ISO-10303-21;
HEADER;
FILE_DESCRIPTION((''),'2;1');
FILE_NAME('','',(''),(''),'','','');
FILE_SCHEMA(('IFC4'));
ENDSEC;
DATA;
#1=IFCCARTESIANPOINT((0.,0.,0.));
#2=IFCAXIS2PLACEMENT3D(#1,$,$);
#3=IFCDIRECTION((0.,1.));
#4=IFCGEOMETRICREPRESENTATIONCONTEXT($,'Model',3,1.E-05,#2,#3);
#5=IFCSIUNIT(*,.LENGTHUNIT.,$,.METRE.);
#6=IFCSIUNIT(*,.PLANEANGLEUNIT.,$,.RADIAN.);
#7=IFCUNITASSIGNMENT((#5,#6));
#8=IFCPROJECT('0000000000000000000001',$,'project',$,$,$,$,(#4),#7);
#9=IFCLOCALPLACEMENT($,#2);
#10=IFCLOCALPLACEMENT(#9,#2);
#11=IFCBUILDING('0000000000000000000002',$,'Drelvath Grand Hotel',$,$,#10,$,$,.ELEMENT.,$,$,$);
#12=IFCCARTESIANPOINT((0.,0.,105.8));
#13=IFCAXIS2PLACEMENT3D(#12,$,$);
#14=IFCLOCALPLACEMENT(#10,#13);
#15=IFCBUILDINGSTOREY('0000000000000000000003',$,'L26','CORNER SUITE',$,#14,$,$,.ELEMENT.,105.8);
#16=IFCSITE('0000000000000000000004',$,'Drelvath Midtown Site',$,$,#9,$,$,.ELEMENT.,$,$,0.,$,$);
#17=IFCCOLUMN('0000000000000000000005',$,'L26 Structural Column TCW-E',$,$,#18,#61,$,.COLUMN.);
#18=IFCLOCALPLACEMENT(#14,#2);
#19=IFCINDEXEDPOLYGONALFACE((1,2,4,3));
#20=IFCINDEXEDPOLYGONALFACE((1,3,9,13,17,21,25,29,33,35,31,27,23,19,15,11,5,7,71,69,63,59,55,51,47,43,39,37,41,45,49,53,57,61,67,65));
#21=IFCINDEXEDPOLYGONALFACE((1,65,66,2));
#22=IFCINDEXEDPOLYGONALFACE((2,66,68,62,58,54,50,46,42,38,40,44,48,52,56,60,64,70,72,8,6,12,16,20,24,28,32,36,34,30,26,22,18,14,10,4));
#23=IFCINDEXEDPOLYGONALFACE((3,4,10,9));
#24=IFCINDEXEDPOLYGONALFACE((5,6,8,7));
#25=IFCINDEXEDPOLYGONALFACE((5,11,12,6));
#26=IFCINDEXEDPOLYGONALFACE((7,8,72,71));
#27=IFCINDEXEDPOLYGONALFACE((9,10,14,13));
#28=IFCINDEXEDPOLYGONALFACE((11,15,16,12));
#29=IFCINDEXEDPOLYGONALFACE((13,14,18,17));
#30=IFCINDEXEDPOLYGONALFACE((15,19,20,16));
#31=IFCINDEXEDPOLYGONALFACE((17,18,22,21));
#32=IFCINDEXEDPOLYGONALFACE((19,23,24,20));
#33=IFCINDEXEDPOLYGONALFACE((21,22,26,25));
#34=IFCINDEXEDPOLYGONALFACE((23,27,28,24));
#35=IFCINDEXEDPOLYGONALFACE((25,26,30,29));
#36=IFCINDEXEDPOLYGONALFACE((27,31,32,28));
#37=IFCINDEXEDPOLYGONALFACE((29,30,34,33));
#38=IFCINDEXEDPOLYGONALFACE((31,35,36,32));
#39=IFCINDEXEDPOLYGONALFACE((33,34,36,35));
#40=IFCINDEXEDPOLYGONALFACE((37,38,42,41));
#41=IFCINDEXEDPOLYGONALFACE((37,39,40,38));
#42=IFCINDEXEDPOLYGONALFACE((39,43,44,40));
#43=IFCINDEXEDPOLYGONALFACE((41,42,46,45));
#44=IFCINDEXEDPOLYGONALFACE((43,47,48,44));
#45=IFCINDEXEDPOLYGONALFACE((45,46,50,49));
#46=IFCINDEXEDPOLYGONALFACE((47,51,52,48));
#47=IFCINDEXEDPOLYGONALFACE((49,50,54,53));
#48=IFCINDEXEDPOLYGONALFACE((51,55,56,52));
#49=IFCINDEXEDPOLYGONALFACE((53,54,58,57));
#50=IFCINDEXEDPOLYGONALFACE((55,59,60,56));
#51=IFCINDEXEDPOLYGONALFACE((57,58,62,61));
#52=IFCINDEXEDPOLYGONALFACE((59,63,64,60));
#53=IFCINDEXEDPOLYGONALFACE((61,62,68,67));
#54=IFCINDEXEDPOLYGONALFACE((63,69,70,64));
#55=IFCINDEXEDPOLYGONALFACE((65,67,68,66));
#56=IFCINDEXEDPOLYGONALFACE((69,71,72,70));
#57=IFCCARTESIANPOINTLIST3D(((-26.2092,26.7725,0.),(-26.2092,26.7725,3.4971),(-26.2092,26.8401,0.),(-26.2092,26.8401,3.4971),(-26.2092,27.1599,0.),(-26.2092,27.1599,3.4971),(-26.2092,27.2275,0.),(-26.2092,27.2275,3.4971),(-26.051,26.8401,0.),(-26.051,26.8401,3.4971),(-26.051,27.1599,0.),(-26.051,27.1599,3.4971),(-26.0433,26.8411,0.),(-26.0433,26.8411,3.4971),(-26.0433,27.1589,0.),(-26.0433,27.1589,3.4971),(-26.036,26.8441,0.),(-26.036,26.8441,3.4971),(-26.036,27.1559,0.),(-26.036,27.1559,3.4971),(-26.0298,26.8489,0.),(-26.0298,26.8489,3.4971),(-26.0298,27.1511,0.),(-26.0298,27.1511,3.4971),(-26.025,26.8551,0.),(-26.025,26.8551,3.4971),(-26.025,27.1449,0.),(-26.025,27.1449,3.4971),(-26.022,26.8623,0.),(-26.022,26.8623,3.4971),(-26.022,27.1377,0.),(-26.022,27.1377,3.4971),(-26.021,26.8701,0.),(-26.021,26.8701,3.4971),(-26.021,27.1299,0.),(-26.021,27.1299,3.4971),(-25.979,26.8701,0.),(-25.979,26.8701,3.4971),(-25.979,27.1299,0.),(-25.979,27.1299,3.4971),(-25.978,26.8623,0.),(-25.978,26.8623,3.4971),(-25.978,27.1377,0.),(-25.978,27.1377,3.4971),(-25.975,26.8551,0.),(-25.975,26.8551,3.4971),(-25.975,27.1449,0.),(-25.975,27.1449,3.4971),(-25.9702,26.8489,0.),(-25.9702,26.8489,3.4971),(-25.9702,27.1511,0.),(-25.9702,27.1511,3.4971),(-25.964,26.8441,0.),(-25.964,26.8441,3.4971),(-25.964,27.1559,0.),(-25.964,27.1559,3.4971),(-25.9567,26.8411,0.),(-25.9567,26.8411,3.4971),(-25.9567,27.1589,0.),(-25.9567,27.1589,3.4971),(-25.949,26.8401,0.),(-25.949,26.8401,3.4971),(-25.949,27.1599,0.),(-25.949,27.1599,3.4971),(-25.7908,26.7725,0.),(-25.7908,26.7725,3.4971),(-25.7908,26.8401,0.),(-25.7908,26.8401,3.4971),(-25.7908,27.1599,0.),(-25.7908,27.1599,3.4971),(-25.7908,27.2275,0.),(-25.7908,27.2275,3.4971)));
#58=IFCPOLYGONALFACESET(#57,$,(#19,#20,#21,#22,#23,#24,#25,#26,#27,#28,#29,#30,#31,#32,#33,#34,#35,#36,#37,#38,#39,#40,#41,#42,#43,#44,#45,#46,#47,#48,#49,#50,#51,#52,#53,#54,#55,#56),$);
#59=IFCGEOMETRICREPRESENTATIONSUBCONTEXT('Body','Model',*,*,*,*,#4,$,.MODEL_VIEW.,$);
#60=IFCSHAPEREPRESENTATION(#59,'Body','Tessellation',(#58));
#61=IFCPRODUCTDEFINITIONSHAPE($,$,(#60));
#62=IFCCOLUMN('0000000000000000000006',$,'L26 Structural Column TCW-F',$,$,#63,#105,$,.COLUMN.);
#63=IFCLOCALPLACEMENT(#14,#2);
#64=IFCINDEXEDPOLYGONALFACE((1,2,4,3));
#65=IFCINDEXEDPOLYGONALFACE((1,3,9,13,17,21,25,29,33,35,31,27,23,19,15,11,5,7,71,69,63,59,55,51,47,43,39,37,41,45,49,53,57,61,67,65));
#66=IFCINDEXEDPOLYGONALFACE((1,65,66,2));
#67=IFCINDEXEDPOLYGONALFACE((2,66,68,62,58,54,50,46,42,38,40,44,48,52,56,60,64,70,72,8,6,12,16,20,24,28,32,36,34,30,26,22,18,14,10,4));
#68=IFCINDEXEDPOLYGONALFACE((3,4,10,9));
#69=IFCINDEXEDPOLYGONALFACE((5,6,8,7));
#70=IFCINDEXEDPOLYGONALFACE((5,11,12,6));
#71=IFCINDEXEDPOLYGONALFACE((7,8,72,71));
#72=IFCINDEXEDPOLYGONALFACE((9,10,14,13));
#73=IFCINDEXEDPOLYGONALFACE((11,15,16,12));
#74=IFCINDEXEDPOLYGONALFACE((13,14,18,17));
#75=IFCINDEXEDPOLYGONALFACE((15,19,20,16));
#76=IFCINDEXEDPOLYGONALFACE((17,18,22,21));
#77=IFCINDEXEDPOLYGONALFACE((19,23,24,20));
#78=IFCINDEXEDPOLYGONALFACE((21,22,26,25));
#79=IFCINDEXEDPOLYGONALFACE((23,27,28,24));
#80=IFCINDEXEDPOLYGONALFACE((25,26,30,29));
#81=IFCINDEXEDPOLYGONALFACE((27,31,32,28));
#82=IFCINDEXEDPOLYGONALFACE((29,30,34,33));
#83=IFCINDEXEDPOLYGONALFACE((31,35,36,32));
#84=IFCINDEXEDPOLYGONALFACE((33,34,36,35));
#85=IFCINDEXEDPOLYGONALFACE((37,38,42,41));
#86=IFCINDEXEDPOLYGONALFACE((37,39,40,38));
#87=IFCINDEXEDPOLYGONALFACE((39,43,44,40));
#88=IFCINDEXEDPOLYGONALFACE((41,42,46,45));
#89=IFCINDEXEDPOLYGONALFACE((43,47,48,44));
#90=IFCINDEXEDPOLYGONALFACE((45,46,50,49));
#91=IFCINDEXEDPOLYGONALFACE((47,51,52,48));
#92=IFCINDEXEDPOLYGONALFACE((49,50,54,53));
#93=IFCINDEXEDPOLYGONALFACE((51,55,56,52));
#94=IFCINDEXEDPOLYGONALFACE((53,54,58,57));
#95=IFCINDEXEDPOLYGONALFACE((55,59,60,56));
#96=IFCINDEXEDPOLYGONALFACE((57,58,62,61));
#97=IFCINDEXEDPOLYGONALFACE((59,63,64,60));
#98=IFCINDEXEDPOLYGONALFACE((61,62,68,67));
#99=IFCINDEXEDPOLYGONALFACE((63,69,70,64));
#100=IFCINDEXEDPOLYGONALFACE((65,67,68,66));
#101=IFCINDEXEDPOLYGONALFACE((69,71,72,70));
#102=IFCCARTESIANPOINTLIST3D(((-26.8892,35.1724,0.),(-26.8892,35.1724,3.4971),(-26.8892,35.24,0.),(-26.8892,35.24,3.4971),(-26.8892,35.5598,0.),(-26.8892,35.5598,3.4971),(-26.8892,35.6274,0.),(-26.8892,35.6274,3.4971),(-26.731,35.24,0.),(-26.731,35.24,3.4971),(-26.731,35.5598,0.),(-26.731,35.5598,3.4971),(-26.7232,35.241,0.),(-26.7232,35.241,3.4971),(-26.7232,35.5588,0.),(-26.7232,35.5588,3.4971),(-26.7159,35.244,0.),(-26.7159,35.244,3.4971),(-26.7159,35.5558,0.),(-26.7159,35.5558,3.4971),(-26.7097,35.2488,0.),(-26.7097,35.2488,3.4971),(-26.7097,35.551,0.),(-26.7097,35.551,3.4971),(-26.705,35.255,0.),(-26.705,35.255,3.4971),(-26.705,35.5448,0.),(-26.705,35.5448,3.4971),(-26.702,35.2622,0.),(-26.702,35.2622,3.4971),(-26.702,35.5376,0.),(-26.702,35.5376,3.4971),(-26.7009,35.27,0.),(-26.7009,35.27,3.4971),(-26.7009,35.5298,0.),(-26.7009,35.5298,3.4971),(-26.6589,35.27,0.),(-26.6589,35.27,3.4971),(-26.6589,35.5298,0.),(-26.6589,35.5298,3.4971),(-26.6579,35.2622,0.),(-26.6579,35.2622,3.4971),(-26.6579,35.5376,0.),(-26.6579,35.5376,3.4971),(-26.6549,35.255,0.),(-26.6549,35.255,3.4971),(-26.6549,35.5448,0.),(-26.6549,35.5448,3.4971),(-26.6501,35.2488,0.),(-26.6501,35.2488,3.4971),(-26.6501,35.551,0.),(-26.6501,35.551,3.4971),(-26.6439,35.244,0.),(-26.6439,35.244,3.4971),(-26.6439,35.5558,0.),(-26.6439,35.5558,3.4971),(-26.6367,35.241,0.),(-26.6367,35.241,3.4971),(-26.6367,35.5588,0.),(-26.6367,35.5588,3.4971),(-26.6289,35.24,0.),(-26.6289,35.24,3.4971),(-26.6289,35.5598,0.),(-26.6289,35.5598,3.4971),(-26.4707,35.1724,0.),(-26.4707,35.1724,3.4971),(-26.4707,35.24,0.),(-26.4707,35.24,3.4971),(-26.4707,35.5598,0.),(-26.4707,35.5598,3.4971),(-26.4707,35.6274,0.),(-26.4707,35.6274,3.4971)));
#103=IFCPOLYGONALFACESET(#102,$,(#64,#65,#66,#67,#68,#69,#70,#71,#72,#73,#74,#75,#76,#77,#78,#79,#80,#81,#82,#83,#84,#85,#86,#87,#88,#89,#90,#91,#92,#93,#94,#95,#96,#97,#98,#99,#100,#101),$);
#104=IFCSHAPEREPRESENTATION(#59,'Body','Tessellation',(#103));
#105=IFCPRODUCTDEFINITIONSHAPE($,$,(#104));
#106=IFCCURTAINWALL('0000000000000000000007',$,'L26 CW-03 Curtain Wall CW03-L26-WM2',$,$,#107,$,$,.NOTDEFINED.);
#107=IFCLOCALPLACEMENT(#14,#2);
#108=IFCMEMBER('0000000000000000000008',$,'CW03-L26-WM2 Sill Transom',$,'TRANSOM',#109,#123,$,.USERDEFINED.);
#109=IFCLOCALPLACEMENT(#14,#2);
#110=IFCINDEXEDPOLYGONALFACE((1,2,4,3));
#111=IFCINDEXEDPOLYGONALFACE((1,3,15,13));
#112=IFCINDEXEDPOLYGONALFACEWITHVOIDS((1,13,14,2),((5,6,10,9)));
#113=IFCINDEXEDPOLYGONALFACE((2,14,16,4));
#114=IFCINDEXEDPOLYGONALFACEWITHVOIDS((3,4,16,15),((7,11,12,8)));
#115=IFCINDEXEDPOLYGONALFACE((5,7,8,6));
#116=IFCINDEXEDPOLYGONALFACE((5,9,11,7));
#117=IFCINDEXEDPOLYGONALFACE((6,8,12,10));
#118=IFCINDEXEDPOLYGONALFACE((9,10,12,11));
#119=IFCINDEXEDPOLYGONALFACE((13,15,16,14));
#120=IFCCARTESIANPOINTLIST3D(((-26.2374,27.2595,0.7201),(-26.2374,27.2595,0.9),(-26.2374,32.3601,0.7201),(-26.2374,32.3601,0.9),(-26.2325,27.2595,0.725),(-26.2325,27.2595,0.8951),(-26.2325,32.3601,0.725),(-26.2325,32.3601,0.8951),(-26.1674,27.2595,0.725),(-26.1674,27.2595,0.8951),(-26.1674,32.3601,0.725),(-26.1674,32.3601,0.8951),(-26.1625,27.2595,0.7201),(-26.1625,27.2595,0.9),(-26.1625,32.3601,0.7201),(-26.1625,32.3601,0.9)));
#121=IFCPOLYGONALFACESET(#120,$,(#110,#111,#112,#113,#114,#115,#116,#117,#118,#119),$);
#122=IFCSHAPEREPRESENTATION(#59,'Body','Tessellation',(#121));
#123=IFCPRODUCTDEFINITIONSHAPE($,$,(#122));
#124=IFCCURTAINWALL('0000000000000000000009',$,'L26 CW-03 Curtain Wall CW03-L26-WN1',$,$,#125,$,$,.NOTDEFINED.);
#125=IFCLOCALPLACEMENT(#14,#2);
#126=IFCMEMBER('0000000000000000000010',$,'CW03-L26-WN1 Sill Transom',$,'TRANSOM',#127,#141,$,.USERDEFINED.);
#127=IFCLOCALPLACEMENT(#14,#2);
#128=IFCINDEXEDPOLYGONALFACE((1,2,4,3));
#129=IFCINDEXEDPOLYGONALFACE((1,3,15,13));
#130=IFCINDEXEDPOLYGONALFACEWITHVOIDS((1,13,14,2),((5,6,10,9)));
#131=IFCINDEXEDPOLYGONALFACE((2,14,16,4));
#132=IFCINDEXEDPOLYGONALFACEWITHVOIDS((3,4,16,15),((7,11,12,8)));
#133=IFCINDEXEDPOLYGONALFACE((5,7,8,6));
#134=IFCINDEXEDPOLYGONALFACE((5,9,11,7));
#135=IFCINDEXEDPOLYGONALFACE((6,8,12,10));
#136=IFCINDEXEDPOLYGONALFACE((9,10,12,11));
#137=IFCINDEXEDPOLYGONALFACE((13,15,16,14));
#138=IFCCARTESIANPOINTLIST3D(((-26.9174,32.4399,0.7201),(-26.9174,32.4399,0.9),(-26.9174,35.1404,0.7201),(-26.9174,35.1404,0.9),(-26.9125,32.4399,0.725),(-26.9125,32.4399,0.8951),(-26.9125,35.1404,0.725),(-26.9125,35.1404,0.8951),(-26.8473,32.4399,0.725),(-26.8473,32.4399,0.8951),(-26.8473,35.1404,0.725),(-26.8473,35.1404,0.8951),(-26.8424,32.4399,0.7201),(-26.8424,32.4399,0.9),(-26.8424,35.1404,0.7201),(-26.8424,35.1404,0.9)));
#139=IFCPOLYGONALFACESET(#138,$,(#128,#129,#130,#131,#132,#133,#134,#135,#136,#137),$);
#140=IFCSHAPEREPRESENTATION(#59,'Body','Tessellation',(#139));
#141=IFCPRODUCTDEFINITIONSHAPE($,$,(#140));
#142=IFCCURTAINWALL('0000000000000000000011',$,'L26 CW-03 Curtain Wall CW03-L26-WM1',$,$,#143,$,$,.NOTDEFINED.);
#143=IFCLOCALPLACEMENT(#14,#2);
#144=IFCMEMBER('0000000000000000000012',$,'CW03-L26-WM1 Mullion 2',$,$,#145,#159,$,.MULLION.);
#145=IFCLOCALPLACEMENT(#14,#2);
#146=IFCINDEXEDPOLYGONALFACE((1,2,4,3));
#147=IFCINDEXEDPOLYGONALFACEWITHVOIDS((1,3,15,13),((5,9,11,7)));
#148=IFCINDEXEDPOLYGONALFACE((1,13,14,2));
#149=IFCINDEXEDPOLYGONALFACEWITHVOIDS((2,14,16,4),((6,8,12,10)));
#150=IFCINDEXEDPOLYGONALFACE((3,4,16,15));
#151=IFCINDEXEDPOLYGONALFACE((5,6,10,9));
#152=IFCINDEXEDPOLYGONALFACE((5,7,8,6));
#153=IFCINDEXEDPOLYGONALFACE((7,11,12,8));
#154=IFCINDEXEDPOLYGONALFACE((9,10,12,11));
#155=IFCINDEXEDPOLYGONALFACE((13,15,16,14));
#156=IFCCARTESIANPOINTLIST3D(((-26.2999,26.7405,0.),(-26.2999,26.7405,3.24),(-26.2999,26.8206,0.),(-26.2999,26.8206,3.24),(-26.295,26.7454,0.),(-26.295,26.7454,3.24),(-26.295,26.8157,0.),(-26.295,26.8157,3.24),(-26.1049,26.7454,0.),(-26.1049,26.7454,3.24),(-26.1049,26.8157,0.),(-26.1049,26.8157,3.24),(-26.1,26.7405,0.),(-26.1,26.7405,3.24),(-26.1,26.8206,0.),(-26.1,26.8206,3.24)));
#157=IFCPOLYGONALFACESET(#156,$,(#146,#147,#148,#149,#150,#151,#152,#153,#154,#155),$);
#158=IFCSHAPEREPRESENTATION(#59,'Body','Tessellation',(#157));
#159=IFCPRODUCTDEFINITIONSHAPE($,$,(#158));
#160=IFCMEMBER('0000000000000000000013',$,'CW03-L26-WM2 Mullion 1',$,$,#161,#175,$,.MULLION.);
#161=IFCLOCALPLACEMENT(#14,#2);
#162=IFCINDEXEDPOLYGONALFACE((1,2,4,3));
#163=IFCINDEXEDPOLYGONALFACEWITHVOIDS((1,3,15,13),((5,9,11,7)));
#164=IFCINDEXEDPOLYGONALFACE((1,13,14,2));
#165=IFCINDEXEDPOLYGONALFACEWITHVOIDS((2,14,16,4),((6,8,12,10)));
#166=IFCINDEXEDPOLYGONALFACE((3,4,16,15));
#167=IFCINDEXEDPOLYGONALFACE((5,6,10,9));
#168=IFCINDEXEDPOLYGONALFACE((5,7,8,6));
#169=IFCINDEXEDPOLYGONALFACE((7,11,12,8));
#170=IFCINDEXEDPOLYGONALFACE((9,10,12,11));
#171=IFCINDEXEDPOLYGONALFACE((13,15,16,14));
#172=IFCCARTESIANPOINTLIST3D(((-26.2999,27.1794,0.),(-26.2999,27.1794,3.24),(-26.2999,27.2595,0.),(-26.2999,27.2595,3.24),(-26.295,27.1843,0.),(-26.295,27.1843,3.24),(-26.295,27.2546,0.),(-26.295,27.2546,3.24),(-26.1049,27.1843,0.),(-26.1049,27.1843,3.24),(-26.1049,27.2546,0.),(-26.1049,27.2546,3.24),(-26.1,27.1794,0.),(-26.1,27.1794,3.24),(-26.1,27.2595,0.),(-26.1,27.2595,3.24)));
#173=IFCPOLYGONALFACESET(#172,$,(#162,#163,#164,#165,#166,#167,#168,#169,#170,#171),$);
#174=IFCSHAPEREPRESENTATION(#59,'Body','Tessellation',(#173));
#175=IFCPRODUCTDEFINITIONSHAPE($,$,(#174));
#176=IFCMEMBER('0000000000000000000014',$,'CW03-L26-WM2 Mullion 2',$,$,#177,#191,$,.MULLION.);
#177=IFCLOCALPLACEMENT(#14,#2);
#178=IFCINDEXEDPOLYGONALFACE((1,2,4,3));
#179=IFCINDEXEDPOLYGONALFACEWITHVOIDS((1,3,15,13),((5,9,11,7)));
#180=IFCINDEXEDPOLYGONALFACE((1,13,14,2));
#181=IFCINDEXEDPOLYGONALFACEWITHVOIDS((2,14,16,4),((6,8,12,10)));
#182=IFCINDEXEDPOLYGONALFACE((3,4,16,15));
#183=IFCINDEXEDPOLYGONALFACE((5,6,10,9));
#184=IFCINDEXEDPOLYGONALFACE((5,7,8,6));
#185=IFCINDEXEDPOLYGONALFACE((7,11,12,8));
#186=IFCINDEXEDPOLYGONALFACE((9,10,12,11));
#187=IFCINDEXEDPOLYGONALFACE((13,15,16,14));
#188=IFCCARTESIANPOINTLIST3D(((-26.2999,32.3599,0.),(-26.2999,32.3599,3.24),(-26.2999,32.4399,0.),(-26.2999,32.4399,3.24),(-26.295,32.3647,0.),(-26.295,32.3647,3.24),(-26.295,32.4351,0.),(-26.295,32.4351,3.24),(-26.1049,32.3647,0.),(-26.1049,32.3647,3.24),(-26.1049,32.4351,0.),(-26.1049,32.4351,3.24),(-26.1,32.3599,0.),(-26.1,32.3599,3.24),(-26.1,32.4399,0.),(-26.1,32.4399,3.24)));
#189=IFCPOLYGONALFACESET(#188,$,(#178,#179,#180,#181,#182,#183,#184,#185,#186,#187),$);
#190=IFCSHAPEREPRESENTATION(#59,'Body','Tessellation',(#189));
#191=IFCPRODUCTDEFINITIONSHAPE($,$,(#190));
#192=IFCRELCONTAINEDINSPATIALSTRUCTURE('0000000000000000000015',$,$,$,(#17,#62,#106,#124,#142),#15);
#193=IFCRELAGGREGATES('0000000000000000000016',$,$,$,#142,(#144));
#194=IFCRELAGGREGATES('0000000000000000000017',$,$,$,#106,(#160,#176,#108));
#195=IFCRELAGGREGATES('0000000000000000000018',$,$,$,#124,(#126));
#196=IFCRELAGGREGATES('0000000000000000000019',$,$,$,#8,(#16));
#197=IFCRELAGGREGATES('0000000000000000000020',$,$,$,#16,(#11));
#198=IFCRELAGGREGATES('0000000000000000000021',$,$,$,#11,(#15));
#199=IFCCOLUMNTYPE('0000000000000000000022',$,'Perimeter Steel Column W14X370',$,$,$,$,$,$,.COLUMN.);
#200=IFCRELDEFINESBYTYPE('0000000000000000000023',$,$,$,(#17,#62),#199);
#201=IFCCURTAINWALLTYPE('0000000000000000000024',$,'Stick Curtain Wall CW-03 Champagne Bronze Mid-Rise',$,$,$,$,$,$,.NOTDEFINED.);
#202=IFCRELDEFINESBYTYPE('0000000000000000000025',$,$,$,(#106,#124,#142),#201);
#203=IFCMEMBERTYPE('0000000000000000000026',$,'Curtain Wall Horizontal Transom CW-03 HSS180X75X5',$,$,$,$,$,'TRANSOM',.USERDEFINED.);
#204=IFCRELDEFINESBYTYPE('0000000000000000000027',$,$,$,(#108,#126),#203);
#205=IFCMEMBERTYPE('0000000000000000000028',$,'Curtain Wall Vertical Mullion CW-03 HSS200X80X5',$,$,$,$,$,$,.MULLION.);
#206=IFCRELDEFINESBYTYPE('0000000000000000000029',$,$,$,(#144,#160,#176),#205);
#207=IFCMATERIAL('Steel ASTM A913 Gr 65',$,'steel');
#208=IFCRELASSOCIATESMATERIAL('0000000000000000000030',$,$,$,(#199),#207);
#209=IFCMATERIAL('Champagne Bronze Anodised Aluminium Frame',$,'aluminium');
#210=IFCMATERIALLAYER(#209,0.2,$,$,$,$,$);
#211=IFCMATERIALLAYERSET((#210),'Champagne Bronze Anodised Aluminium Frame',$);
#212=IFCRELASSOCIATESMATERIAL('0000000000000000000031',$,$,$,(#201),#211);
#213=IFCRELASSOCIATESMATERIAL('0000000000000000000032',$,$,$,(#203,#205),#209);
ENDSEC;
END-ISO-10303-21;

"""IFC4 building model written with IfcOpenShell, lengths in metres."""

from ifc_helpers import new_model, si_unit, direction, frame, origin, origin_2d, place, context, subcontext, project, spatial, hollow_rectangle, i_section, extrude, material, layer, layer_set, material_profile, profile_set, type_object, element, aggregate, save


model = new_model("IFC4")

# Units and contexts
model_context = context("Model", 3, precision=1e-05, world=origin(), true_north=direction((0.0, 1.0)))
body_context = subcontext(model_context, "Body", "Model", "MODEL_VIEW")
ifc_project = project(units=[si_unit("LENGTHUNIT", "METRE"), si_unit("PLANEANGLEUNIT", "RADIAN")], contexts=[model_context])

# Site, building, storey
site_placement = place(None, origin())
site = spatial("IfcSite", under=ifc_project, at=site_placement, Name="Drelvath Midtown Site", CompositionType="ELEMENT", RefElevation=0.0)
building_placement = place(site_placement, origin())
building = spatial("IfcBuilding", under=site, at=building_placement, Name="Drelvath Grand Hotel", CompositionType="ELEMENT")
storey_placement = place(building_placement, frame((0.0, 0.0, 105.8)))
storey = spatial("IfcBuildingStorey", under=building, at=storey_placement, Name="L26", Description="CORNER SUITE", CompositionType="ELEMENT", Elevation=105.8)

# Columns
ifc_material_1 = material(Name="Steel ASTM A913 Gr 65", Category="steel")
ifc_material_profile_1 = material_profile(ifc_material_1, i_section(OverallWidth=0.4185, OverallDepth=0.4551, WebThickness=0.042, FlangeThickness=0.0676, FilletRadius=0.03, at=origin_2d()), Name="W14X370")
ifc_profile_set_1 = profile_set([ifc_material_profile_1], Name="Steel ASTM A913 Gr 65")
column_type = type_object("IfcColumnType", Name="Perimeter Steel Column W14X370", PredefinedType="COLUMN", material=ifc_profile_set_1)
for number, where, z_axis, x_axis, name in (
    (1, (-26.0, 27.0, 0.0), (0.0, 0.0, 1.0), (1.0, 0.0, 0.0), "L26 Structural Column TCW-E"),
    (2, (-26.6799, 35.3999, 0.0), (0.0, 0.0, 1.0), (1.0, 0.0, 0.0), "L26 Structural Column TCW-F"),
):
    element("IfcColumn", number, at=place(storey_placement, frame(where, z_axis=z_axis, x_axis=x_axis)), inside=storey, type_object=column_type, Name=name, PredefinedType="COLUMN", context=body_context, shape_type="SweptSolid", body=[
        extrude(i_section(OverallWidth=0.4185, OverallDepth=0.4551, WebThickness=0.042, FlangeThickness=0.0676, FilletRadius=0.03, at=origin_2d()), origin(), (0.0, 0.0, 1.0), 3.4971),
    ])

# Curtain walls, members
ifc_material_2 = material(Name="Champagne Bronze Anodised Aluminium Frame", Category="aluminium")
ifc_layer_1 = layer(ifc_material_2, 0.2)
ifc_layer_set_1 = layer_set([ifc_layer_1], Name="Champagne Bronze Anodised Aluminium Frame")
curtain_wall_type = type_object("IfcCurtainWallType", Name="Stick Curtain Wall CW-03 Champagne Bronze Mid-Rise", PredefinedType="NOTDEFINED", material=ifc_layer_set_1)
curtain_wall_1_placement = place(storey_placement, origin())
curtain_wall_1 = element("IfcCurtainWall", 3, at=curtain_wall_1_placement, inside=storey, type_object=curtain_wall_type, Name="L26 CW-03 Curtain Wall CW03-L26-WM2", PredefinedType="NOTDEFINED")
ifc_material_profile_2 = material_profile(ifc_material_2, hollow_rectangle(XDim=0.075, YDim=0.1799, WallThickness=0.0049, at=origin_2d()), Name="HSS180X75X5")
ifc_profile_set_2 = profile_set([ifc_material_profile_2], Name="Champagne Bronze Anodised Aluminium Frame")
member_type_1 = type_object("IfcMemberType", Name="Curtain Wall Horizontal Transom CW-03 HSS180X75X5", ElementType="TRANSOM", PredefinedType="USERDEFINED", material=ifc_profile_set_2)
member_1_placement = place(storey_placement, frame((-26.2, 27.2595, 0.8101), z_axis=(0.0, 1.0, 0.0), x_axis=(-1.0, 0.0, 0.0)))
member_1 = element("IfcMember", 4, at=member_1_placement, type_object=member_type_1, Name="CW03-L26-WM2 Sill Transom", ObjectType="TRANSOM", PredefinedType="USERDEFINED", context=body_context, shape_type="SweptSolid", body=[
    extrude(hollow_rectangle(XDim=0.075, YDim=0.1799, WallThickness=0.0049, at=origin_2d()), origin(), (0.0, 0.0, 1.0), 5.1006),
])
curtain_wall_2_placement = place(storey_placement, origin())
curtain_wall_2 = element("IfcCurtainWall", 5, at=curtain_wall_2_placement, inside=storey, type_object=curtain_wall_type, Name="L26 CW-03 Curtain Wall CW03-L26-WN1", PredefinedType="NOTDEFINED")
member_2_placement = place(storey_placement, frame((-26.8799, 32.4399, 0.8101), z_axis=(0.0, 1.0, 0.0), x_axis=(-1.0, 0.0, 0.0)))
member_2 = element("IfcMember", 6, at=member_2_placement, type_object=member_type_1, Name="CW03-L26-WN1 Sill Transom", ObjectType="TRANSOM", PredefinedType="USERDEFINED", context=body_context, shape_type="SweptSolid", body=[
    extrude(hollow_rectangle(XDim=0.075, YDim=0.1799, WallThickness=0.0049, at=origin_2d()), origin(), (0.0, 0.0, 1.0), 2.7004),
])
curtain_wall_3_placement = place(storey_placement, origin())
curtain_wall_3 = element("IfcCurtainWall", 7, at=curtain_wall_3_placement, inside=storey, type_object=curtain_wall_type, Name="L26 CW-03 Curtain Wall CW03-L26-WM1", PredefinedType="NOTDEFINED")
ifc_material_profile_3 = material_profile(ifc_material_2, hollow_rectangle(XDim=0.0801, YDim=0.2, WallThickness=0.0049, at=origin_2d()), Name="HSS200X80X5")
ifc_profile_set_3 = profile_set([ifc_material_profile_3], Name="Champagne Bronze Anodised Aluminium Frame")
member_type_2 = type_object("IfcMemberType", Name="Curtain Wall Vertical Mullion CW-03 HSS200X80X5", PredefinedType="MULLION", material=ifc_profile_set_3)
member_3_placement = place(storey_placement, frame((-26.2, 26.7805, 0.0), z_axis=(0.0, 0.0, 1.0), x_axis=(0.0, 1.0, 0.0)))
member_3 = element("IfcMember", 8, at=member_3_placement, type_object=member_type_2, Name="CW03-L26-WM1 Mullion 2", PredefinedType="MULLION", context=body_context, shape_type="SweptSolid", body=[
    extrude(hollow_rectangle(XDim=0.0801, YDim=0.2, WallThickness=0.0049, at=origin_2d()), origin(), (0.0, 0.0, 1.0), 3.24),
])
aggregate(curtain_wall_3, [member_3])

# Members
member_4_placement = place(storey_placement, frame((-26.2, 27.2195, 0.0), z_axis=(0.0, 0.0, 1.0), x_axis=(0.0, 1.0, 0.0)))
member_4 = element("IfcMember", 9, at=member_4_placement, type_object=member_type_2, Name="CW03-L26-WM2 Mullion 1", PredefinedType="MULLION", context=body_context, shape_type="SweptSolid", body=[
    extrude(hollow_rectangle(XDim=0.0801, YDim=0.2, WallThickness=0.0049, at=origin_2d()), origin(), (0.0, 0.0, 1.0), 3.24),
])
member_5_placement = place(storey_placement, frame((-26.2, 32.3999, 0.0), z_axis=(0.0, 0.0, 1.0), x_axis=(0.0, 1.0, 0.0)))
member_5 = element("IfcMember", 10, at=member_5_placement, type_object=member_type_2, Name="CW03-L26-WM2 Mullion 2", PredefinedType="MULLION", context=body_context, shape_type="SweptSolid", body=[
    extrude(hollow_rectangle(XDim=0.0801, YDim=0.2, WallThickness=0.0049, at=origin_2d()), origin(), (0.0, 0.0, 1.0), 3.24),
])

aggregate(curtain_wall_1, [member_4, member_5, member_1])
aggregate(curtain_wall_2, [member_2])

save(model, "model.ifc")
